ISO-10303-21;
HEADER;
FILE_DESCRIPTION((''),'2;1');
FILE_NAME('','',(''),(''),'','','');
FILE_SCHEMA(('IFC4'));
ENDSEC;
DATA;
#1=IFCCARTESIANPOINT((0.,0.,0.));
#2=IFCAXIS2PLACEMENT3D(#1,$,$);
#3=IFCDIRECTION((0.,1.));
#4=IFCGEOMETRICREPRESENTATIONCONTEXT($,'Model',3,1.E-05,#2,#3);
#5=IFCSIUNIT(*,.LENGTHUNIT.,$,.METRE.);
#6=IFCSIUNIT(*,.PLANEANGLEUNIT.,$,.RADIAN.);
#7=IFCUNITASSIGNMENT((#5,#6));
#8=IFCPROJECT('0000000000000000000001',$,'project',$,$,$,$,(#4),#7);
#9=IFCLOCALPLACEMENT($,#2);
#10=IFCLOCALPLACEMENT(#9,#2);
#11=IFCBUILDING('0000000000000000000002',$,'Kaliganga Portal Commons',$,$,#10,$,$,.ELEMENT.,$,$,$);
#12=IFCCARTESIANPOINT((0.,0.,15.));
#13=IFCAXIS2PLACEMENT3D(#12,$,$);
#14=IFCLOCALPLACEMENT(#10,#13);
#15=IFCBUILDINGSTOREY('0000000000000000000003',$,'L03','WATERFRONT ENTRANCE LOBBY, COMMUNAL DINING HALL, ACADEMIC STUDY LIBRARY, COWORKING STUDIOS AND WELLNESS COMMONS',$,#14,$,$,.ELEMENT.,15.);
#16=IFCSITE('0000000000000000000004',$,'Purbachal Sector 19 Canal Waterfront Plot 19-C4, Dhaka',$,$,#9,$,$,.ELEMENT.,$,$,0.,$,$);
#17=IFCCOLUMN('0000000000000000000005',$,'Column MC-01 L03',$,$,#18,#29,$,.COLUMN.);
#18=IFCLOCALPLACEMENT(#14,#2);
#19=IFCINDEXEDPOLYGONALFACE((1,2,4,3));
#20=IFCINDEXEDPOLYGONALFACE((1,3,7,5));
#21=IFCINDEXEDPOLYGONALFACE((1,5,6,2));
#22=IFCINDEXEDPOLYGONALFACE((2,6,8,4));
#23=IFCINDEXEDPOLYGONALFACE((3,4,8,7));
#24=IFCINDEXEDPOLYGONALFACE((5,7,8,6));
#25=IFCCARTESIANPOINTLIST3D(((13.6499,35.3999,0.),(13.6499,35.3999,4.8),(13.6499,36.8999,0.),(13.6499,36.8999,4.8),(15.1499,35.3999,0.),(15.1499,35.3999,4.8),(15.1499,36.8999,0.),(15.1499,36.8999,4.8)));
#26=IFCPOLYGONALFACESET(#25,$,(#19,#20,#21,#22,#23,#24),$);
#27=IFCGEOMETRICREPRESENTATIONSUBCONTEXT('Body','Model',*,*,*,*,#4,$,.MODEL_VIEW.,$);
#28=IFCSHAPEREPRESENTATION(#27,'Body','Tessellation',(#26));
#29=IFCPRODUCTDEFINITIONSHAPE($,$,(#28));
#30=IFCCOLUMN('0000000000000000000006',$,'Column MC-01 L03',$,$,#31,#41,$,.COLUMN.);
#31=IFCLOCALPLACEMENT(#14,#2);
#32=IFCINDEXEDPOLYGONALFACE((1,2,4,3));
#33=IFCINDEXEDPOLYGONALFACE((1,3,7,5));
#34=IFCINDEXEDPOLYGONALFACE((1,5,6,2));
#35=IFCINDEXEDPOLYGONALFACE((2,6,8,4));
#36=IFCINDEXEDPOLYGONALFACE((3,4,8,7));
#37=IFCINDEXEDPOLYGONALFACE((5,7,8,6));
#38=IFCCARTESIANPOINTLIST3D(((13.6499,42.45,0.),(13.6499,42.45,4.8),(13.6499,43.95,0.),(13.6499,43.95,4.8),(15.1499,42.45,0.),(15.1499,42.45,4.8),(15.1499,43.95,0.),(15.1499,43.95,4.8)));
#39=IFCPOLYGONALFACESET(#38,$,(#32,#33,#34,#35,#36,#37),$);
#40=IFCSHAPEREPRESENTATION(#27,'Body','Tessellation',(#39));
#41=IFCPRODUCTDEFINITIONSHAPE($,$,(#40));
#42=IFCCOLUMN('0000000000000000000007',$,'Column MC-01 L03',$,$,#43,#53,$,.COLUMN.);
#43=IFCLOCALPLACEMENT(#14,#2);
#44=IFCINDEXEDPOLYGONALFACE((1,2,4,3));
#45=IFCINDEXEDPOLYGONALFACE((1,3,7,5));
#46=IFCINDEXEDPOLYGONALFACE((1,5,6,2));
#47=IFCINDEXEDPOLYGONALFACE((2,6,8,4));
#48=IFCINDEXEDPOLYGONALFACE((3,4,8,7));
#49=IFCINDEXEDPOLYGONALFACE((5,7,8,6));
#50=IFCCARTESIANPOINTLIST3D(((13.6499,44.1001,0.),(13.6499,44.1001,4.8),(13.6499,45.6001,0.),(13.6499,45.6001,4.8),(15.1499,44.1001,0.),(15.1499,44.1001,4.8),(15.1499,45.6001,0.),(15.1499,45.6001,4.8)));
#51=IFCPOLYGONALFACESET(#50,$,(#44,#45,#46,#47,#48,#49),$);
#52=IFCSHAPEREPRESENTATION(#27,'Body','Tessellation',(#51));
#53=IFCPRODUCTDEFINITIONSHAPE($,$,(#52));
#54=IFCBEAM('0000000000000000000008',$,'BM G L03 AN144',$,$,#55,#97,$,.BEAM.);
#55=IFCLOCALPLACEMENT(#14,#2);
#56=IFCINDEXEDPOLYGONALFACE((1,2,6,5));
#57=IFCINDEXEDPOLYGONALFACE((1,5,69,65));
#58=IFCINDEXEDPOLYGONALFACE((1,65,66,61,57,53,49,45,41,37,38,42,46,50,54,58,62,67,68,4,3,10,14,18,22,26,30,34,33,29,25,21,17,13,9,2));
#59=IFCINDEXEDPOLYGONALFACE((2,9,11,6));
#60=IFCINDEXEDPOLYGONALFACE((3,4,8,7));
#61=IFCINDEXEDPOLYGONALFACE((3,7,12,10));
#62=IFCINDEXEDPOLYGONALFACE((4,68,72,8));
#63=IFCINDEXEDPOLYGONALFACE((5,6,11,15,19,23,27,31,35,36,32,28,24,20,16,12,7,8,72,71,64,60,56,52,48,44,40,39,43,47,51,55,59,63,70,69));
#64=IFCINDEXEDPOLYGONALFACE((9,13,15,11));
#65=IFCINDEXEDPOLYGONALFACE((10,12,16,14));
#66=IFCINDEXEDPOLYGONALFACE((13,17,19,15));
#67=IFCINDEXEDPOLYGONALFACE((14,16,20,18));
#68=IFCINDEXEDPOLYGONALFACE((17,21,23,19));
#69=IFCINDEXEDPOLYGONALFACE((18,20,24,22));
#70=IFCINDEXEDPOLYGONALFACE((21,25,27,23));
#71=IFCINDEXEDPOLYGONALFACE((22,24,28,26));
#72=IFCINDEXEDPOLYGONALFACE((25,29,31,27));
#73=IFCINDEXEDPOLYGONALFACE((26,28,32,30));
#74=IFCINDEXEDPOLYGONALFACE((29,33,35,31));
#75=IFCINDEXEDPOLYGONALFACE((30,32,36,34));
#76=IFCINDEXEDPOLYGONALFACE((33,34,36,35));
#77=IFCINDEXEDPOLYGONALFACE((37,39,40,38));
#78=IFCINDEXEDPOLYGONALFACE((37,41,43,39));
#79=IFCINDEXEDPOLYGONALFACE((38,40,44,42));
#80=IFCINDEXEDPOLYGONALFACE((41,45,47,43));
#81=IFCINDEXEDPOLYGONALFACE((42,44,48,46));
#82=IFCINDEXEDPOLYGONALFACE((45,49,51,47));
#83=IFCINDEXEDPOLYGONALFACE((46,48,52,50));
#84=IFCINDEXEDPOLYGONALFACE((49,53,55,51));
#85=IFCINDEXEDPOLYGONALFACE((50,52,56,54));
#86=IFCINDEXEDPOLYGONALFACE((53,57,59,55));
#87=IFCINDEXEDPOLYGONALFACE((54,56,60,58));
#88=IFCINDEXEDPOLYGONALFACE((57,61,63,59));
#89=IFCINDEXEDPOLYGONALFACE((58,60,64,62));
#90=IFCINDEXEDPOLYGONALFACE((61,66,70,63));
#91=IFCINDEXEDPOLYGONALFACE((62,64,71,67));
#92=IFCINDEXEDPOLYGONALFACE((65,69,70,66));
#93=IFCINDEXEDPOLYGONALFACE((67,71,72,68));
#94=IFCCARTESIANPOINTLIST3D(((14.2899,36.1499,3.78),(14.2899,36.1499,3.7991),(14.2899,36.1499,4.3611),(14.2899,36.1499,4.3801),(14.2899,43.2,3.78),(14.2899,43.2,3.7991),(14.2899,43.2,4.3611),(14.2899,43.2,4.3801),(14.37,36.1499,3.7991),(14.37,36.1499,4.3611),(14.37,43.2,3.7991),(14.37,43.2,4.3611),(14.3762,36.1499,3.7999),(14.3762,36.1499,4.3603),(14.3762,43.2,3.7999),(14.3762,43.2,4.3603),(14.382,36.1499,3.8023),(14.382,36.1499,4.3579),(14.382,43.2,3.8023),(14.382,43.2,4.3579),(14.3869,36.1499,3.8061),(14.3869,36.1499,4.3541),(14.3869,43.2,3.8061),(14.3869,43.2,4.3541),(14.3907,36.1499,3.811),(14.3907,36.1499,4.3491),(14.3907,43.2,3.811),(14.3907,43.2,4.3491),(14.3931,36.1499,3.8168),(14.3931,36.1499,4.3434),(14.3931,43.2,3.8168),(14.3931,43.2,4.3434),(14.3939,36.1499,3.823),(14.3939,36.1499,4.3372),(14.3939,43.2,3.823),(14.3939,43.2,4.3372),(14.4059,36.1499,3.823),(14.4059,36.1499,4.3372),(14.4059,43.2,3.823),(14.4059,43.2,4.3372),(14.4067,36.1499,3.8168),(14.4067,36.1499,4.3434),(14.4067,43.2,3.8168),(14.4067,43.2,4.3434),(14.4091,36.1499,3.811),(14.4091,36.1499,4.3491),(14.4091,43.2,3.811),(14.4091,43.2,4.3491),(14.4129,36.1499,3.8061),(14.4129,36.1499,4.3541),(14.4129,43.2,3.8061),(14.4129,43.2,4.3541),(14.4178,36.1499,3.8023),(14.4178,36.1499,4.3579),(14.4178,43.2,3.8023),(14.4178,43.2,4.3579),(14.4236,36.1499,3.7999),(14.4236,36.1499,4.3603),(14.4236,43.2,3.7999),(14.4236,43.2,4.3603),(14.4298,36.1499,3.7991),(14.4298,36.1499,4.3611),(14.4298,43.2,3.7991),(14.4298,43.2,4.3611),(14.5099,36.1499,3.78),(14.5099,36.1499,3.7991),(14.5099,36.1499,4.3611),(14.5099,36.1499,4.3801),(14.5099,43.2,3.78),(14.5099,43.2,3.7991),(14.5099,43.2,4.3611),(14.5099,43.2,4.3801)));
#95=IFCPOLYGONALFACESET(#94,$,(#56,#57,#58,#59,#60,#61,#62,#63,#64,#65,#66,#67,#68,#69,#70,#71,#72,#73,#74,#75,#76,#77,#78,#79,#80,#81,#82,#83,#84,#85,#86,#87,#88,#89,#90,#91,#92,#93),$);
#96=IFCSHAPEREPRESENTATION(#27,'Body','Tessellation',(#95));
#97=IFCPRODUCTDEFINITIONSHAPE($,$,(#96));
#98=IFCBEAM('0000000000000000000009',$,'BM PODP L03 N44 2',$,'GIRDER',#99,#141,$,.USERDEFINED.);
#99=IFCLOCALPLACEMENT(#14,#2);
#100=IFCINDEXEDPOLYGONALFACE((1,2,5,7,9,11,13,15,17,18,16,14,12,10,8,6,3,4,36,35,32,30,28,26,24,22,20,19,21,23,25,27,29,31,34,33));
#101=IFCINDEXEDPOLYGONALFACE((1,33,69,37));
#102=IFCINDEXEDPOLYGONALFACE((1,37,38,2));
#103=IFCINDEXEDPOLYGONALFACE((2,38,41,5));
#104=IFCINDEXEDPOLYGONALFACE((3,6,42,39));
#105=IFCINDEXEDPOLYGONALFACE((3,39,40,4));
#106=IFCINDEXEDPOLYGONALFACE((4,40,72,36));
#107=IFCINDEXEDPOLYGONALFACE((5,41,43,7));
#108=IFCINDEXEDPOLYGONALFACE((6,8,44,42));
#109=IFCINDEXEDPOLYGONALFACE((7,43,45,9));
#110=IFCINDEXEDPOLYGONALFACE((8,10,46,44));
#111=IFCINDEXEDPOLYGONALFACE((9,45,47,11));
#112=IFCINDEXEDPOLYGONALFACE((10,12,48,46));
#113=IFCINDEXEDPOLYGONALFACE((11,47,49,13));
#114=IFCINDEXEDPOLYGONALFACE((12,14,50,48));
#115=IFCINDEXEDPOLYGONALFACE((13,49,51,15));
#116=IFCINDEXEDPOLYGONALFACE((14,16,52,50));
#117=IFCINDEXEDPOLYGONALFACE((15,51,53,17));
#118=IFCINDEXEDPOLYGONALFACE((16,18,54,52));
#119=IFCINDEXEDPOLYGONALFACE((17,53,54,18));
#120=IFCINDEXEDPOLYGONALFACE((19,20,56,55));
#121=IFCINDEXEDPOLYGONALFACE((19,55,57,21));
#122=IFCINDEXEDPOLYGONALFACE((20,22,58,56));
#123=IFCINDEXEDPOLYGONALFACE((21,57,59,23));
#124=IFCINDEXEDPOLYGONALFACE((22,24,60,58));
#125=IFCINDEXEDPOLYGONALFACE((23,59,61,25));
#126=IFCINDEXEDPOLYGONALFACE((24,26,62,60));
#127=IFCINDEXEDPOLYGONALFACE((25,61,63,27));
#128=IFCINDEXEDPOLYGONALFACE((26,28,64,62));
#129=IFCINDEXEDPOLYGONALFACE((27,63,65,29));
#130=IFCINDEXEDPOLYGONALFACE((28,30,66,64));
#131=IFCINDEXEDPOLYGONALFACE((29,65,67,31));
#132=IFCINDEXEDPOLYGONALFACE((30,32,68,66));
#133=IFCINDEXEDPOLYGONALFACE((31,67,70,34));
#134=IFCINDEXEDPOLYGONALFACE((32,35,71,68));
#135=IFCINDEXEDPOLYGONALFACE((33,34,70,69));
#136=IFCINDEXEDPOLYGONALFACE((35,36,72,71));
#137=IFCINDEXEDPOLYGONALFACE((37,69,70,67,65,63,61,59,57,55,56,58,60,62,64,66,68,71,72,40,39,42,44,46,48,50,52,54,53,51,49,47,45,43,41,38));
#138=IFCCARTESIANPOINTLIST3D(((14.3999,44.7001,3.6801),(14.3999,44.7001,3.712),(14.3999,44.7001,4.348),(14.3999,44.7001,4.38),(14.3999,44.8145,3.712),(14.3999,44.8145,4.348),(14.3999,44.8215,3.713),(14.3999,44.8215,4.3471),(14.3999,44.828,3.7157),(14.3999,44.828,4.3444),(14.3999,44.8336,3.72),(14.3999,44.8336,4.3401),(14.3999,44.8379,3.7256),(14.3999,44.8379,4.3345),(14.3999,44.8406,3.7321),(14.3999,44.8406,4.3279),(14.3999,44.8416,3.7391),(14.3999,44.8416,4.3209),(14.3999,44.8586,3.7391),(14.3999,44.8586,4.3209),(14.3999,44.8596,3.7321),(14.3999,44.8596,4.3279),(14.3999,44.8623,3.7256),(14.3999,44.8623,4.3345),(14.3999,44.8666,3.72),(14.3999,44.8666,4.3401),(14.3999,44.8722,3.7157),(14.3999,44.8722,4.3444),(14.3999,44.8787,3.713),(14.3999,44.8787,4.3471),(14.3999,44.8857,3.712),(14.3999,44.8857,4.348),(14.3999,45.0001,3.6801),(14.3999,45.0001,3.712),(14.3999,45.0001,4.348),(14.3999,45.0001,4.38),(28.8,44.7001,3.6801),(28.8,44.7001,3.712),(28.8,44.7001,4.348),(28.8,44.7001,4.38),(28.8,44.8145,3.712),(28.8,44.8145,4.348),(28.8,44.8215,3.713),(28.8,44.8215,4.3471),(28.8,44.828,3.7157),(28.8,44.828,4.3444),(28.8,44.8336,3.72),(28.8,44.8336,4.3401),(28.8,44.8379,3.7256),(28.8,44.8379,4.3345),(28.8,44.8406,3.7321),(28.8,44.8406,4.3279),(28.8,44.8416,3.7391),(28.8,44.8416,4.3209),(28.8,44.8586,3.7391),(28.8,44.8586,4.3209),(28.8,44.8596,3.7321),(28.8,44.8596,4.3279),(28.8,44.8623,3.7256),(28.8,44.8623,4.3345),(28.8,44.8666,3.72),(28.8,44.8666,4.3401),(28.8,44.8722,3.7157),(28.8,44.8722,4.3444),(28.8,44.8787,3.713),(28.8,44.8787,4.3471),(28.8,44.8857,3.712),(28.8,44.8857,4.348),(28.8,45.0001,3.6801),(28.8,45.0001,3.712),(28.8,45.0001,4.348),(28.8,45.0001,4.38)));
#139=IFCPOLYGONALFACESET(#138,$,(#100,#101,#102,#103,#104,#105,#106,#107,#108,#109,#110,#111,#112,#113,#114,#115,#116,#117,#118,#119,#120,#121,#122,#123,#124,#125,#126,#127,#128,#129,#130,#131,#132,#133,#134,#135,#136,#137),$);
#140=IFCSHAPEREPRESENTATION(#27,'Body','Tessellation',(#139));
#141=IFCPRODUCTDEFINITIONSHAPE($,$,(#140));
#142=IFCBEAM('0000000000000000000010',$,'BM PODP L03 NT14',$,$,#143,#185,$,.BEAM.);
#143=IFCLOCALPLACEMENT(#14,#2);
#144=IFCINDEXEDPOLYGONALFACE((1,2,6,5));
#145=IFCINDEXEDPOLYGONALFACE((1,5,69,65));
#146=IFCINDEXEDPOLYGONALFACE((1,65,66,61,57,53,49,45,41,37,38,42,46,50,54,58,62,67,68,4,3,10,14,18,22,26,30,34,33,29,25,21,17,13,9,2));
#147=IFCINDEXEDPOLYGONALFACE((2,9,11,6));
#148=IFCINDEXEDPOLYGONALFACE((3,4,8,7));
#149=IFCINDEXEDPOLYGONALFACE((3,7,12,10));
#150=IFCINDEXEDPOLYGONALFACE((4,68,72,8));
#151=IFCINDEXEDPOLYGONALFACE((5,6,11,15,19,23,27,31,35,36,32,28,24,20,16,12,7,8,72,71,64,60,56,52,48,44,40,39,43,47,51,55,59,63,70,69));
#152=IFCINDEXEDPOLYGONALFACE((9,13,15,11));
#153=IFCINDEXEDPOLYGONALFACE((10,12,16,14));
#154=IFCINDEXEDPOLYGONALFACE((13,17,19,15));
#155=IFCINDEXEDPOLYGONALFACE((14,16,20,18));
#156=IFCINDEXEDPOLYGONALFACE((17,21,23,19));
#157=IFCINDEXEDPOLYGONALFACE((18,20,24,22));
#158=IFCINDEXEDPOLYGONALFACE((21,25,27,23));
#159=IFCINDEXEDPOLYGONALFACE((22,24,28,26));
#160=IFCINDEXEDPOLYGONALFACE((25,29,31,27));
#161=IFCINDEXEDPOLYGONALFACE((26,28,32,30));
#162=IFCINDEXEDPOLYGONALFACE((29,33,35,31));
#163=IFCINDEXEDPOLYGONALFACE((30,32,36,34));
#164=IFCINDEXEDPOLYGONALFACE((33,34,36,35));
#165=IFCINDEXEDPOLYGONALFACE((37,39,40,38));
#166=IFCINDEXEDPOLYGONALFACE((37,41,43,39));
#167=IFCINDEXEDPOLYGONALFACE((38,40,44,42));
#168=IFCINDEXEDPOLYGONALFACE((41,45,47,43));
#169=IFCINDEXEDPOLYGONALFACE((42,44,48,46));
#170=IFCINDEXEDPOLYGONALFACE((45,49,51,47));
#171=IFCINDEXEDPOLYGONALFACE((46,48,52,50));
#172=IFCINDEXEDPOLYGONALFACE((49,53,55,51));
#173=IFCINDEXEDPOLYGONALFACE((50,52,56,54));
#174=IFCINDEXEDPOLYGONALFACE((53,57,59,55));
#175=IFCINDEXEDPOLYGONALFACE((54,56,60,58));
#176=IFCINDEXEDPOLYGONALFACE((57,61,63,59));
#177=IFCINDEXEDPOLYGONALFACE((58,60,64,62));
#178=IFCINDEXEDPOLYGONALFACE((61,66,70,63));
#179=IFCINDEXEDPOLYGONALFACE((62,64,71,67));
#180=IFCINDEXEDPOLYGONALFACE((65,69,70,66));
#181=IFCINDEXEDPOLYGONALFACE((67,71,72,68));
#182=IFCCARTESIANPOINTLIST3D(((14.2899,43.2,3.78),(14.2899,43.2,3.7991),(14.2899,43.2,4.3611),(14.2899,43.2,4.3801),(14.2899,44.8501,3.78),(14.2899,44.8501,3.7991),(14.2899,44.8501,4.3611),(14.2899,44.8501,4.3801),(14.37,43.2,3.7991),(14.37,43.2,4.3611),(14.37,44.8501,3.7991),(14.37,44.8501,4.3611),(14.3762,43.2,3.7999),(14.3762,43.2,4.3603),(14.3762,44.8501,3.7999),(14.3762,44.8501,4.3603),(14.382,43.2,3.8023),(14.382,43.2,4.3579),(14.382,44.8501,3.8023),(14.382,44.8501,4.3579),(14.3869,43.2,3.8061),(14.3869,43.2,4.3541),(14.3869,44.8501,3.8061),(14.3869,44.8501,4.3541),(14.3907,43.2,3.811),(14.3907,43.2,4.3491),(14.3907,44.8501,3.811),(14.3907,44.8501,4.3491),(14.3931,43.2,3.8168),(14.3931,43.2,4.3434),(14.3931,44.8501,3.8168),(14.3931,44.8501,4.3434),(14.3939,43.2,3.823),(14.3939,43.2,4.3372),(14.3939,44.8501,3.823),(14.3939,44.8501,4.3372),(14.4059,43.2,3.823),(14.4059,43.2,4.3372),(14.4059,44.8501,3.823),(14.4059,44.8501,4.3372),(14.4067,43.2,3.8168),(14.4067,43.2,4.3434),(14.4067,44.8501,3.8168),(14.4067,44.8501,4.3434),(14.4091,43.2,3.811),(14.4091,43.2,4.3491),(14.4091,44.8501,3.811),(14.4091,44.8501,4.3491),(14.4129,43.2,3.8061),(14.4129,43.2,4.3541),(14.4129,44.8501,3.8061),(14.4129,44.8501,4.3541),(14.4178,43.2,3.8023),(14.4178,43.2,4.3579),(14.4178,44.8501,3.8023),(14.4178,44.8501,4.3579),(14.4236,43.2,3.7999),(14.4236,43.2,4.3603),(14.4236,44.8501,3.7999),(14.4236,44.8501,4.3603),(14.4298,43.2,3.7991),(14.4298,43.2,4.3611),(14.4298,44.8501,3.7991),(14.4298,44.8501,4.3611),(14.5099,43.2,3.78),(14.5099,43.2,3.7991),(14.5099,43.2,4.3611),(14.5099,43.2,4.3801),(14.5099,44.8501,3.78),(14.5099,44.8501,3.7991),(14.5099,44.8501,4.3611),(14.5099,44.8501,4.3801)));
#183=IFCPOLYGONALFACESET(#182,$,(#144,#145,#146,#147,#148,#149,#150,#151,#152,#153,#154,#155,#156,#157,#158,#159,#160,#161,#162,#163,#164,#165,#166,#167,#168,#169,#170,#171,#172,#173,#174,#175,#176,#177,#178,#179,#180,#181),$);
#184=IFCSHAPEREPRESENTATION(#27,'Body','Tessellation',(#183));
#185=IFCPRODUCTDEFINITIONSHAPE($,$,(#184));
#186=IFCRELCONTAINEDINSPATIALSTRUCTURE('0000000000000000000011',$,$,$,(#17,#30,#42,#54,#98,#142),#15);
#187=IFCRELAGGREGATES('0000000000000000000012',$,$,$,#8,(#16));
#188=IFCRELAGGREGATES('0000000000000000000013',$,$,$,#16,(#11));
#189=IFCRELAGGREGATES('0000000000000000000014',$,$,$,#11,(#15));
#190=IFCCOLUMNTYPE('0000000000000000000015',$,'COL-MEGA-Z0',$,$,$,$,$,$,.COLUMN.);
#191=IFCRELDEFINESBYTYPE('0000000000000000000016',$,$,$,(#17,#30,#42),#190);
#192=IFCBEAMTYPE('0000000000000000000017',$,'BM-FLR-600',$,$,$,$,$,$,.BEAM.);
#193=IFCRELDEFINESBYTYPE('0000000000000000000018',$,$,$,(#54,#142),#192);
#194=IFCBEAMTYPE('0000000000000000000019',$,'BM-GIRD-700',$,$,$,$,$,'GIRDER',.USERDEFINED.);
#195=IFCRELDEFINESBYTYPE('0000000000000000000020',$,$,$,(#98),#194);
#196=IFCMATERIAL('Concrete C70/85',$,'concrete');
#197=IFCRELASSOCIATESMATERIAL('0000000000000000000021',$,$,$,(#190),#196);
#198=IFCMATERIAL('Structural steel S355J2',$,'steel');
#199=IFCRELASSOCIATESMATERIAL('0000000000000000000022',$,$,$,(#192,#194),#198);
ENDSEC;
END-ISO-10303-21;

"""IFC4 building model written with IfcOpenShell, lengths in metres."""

from ifc_helpers import new_model, si_unit, direction, frame, origin, origin_2d, place, context, subcontext, project, spatial, rectangle, i_section, extrude, source, transform, mapped, material, material_profile, profile_set, type_object, element, save


model = new_model("IFC4")

# Units and contexts
model_context = context("Model", 3, precision=1e-05, world=origin(), true_north=direction((0.0, 1.0)))
body_context = subcontext(model_context, "Body", "Model", "MODEL_VIEW")
ifc_project = project(units=[si_unit("LENGTHUNIT", "METRE"), si_unit("PLANEANGLEUNIT", "RADIAN")], contexts=[model_context])

# Site, building, storey
site_placement = place(None, origin())
site = spatial("IfcSite", under=ifc_project, at=site_placement, Name="Purbachal Sector 19 Canal Waterfront Plot 19-C4, Dhaka", CompositionType="ELEMENT", RefElevation=0.0)
building_placement = place(site_placement, origin())
building = spatial("IfcBuilding", under=site, at=building_placement, Name="Kaliganga Portal Commons", CompositionType="ELEMENT")
storey_placement = place(building_placement, frame((0.0, 0.0, 15.0)))
storey = spatial("IfcBuildingStorey", under=building, at=storey_placement, Name="L03", Description="WATERFRONT ENTRANCE LOBBY, COMMUNAL DINING HALL, ACADEMIC STUDY LIBRARY, COWORKING STUDIOS AND WELLNESS COMMONS", CompositionType="ELEMENT", Elevation=15.0)

# Columns
ifc_material_1 = material(Name="Concrete C70/85", Category="concrete")
ifc_material_profile_1 = material_profile(ifc_material_1, rectangle(XDim=1.5, YDim=1.5, at=origin_2d()), Name="RC 1500x1500")
ifc_profile_set_1 = profile_set([ifc_material_profile_1], Name="Concrete C70/85")
column_type = type_object("IfcColumnType", Name="COL-MEGA-Z0", PredefinedType="COLUMN", material=ifc_profile_set_1)
shared_shape_1 = source(origin(), body_context, "Body", "SweptSolid", [
    extrude(rectangle(XDim=1.5, YDim=1.5, at=origin_2d()), origin(), (0.0, 0.0, 1.0), 4.8),
])
for number, where, z_axis, x_axis, name in (
    (1, (14.3999, 36.1499, 0.0), (0.0, 0.0, 1.0), (1.0, 0.0, 0.0), "Column MC-01 L03"),
    (2, (14.3999, 43.2, 0.0), (0.0, 0.0, 1.0), (1.0, 0.0, 0.0), "Column MC-01 L03"),
    (3, (14.3999, 44.8501, 0.0), (0.0, 0.0, 1.0), (1.0, 0.0, 0.0), "Column MC-01 L03"),
):
    element("IfcColumn", number, at=place(storey_placement, frame(where, z_axis=z_axis, x_axis=x_axis)), inside=storey, type_object=column_type, Name=name, PredefinedType="COLUMN", context=body_context, shape_type="MappedRepresentation", body=[
        mapped(shared_shape_1, transform((0.0, 0.0, 0.0), x_axis=(1.0, 0.0, 0.0), y_axis=(0.0, 1.0, 0.0), z_axis=(0.0, 0.0, 1.0), scale=1.0)),
    ])

# Beams
ifc_material_2 = material(Name="Structural steel S355J2", Category="steel")
ifc_material_profile_2 = material_profile(ifc_material_2, i_section(OverallWidth=0.22, OverallDepth=0.6001, WebThickness=0.012, FlangeThickness=0.019, FilletRadius=0.0239, at=origin_2d()), Name="IPE 600")
ifc_profile_set_2 = profile_set([ifc_material_profile_2], Name="Structural steel S355J2 wide-flange")
beam_type_1 = type_object("IfcBeamType", Name="BM-FLR-600", PredefinedType="BEAM", material=ifc_profile_set_2)
shared_shape_2 = source(origin(), body_context, "Body", "SweptSolid", [
    extrude(i_section(OverallWidth=0.22, OverallDepth=0.6001, WebThickness=0.012, FlangeThickness=0.019, FilletRadius=0.0239, at=origin_2d()), origin(), (0.0, 0.0, 1.0), 7.05),
])
beam_1_placement = place(storey_placement, frame((14.3999, 36.1499, 4.0801), z_axis=(0.0, 1.0, 0.0), x_axis=(-1.0, 0.0, 0.0)))
element("IfcBeam", 4, at=beam_1_placement, inside=storey, type_object=beam_type_1, Name="BM G L03 AN144", PredefinedType="BEAM", context=body_context, shape_type="MappedRepresentation", body=[
    mapped(shared_shape_2, transform((0.0, 0.0, 0.0), x_axis=(1.0, 0.0, 0.0), y_axis=(0.0, 1.0, 0.0), z_axis=(0.0, 0.0, 1.0), scale=1.0)),
])
ifc_material_profile_3 = material_profile(ifc_material_2, i_section(OverallWidth=0.3, OverallDepth=0.7, WebThickness=0.0171, FlangeThickness=0.032, FilletRadius=0.0271, at=origin_2d()), Name="HE 700 B")
ifc_profile_set_3 = profile_set([ifc_material_profile_3], Name="Structural steel S355J2 wide-flange")
beam_type_2 = type_object("IfcBeamType", Name="BM-GIRD-700", ElementType="GIRDER", PredefinedType="USERDEFINED", material=ifc_profile_set_3)
shared_shape_3 = source(origin(), body_context, "Body", "SweptSolid", [
    extrude(i_section(OverallWidth=0.3, OverallDepth=0.7, WebThickness=0.0171, FlangeThickness=0.032, FilletRadius=0.0271, at=origin_2d()), origin(), (0.0, 0.0, 1.0), 14.4001),
])
beam_2_placement = place(storey_placement, frame((14.3999, 44.8501, 4.03), z_axis=(1.0, 0.0, 0.0), x_axis=(0.0, 1.0, 0.0)))
element("IfcBeam", 5, at=beam_2_placement, inside=storey, type_object=beam_type_2, Name="BM PODP L03 N44 2", ObjectType="GIRDER", PredefinedType="USERDEFINED", context=body_context, shape_type="MappedRepresentation", body=[
    mapped(shared_shape_3, transform((0.0, 0.0, 0.0), x_axis=(1.0, 0.0, 0.0), y_axis=(0.0, 1.0, 0.0), z_axis=(0.0, 0.0, 1.0), scale=1.0)),
])
shared_shape_4 = source(origin(), body_context, "Body", "SweptSolid", [
    extrude(i_section(OverallWidth=0.22, OverallDepth=0.6001, WebThickness=0.012, FlangeThickness=0.019, FilletRadius=0.0239, at=origin_2d()), origin(), (0.0, 0.0, 1.0), 1.6501),
])
beam_3_placement = place(storey_placement, frame((14.3999, 43.2, 4.0801), z_axis=(0.0, 1.0, 0.0), x_axis=(-1.0, 0.0, 0.0)))
element("IfcBeam", 6, at=beam_3_placement, inside=storey, type_object=beam_type_1, Name="BM PODP L03 NT14", PredefinedType="BEAM", context=body_context, shape_type="MappedRepresentation", body=[
    mapped(shared_shape_4, transform((0.0, 0.0, 0.0), x_axis=(1.0, 0.0, 0.0), y_axis=(0.0, 1.0, 0.0), z_axis=(0.0, 0.0, 1.0), scale=1.0)),
])

save(model, "model.ifc")
